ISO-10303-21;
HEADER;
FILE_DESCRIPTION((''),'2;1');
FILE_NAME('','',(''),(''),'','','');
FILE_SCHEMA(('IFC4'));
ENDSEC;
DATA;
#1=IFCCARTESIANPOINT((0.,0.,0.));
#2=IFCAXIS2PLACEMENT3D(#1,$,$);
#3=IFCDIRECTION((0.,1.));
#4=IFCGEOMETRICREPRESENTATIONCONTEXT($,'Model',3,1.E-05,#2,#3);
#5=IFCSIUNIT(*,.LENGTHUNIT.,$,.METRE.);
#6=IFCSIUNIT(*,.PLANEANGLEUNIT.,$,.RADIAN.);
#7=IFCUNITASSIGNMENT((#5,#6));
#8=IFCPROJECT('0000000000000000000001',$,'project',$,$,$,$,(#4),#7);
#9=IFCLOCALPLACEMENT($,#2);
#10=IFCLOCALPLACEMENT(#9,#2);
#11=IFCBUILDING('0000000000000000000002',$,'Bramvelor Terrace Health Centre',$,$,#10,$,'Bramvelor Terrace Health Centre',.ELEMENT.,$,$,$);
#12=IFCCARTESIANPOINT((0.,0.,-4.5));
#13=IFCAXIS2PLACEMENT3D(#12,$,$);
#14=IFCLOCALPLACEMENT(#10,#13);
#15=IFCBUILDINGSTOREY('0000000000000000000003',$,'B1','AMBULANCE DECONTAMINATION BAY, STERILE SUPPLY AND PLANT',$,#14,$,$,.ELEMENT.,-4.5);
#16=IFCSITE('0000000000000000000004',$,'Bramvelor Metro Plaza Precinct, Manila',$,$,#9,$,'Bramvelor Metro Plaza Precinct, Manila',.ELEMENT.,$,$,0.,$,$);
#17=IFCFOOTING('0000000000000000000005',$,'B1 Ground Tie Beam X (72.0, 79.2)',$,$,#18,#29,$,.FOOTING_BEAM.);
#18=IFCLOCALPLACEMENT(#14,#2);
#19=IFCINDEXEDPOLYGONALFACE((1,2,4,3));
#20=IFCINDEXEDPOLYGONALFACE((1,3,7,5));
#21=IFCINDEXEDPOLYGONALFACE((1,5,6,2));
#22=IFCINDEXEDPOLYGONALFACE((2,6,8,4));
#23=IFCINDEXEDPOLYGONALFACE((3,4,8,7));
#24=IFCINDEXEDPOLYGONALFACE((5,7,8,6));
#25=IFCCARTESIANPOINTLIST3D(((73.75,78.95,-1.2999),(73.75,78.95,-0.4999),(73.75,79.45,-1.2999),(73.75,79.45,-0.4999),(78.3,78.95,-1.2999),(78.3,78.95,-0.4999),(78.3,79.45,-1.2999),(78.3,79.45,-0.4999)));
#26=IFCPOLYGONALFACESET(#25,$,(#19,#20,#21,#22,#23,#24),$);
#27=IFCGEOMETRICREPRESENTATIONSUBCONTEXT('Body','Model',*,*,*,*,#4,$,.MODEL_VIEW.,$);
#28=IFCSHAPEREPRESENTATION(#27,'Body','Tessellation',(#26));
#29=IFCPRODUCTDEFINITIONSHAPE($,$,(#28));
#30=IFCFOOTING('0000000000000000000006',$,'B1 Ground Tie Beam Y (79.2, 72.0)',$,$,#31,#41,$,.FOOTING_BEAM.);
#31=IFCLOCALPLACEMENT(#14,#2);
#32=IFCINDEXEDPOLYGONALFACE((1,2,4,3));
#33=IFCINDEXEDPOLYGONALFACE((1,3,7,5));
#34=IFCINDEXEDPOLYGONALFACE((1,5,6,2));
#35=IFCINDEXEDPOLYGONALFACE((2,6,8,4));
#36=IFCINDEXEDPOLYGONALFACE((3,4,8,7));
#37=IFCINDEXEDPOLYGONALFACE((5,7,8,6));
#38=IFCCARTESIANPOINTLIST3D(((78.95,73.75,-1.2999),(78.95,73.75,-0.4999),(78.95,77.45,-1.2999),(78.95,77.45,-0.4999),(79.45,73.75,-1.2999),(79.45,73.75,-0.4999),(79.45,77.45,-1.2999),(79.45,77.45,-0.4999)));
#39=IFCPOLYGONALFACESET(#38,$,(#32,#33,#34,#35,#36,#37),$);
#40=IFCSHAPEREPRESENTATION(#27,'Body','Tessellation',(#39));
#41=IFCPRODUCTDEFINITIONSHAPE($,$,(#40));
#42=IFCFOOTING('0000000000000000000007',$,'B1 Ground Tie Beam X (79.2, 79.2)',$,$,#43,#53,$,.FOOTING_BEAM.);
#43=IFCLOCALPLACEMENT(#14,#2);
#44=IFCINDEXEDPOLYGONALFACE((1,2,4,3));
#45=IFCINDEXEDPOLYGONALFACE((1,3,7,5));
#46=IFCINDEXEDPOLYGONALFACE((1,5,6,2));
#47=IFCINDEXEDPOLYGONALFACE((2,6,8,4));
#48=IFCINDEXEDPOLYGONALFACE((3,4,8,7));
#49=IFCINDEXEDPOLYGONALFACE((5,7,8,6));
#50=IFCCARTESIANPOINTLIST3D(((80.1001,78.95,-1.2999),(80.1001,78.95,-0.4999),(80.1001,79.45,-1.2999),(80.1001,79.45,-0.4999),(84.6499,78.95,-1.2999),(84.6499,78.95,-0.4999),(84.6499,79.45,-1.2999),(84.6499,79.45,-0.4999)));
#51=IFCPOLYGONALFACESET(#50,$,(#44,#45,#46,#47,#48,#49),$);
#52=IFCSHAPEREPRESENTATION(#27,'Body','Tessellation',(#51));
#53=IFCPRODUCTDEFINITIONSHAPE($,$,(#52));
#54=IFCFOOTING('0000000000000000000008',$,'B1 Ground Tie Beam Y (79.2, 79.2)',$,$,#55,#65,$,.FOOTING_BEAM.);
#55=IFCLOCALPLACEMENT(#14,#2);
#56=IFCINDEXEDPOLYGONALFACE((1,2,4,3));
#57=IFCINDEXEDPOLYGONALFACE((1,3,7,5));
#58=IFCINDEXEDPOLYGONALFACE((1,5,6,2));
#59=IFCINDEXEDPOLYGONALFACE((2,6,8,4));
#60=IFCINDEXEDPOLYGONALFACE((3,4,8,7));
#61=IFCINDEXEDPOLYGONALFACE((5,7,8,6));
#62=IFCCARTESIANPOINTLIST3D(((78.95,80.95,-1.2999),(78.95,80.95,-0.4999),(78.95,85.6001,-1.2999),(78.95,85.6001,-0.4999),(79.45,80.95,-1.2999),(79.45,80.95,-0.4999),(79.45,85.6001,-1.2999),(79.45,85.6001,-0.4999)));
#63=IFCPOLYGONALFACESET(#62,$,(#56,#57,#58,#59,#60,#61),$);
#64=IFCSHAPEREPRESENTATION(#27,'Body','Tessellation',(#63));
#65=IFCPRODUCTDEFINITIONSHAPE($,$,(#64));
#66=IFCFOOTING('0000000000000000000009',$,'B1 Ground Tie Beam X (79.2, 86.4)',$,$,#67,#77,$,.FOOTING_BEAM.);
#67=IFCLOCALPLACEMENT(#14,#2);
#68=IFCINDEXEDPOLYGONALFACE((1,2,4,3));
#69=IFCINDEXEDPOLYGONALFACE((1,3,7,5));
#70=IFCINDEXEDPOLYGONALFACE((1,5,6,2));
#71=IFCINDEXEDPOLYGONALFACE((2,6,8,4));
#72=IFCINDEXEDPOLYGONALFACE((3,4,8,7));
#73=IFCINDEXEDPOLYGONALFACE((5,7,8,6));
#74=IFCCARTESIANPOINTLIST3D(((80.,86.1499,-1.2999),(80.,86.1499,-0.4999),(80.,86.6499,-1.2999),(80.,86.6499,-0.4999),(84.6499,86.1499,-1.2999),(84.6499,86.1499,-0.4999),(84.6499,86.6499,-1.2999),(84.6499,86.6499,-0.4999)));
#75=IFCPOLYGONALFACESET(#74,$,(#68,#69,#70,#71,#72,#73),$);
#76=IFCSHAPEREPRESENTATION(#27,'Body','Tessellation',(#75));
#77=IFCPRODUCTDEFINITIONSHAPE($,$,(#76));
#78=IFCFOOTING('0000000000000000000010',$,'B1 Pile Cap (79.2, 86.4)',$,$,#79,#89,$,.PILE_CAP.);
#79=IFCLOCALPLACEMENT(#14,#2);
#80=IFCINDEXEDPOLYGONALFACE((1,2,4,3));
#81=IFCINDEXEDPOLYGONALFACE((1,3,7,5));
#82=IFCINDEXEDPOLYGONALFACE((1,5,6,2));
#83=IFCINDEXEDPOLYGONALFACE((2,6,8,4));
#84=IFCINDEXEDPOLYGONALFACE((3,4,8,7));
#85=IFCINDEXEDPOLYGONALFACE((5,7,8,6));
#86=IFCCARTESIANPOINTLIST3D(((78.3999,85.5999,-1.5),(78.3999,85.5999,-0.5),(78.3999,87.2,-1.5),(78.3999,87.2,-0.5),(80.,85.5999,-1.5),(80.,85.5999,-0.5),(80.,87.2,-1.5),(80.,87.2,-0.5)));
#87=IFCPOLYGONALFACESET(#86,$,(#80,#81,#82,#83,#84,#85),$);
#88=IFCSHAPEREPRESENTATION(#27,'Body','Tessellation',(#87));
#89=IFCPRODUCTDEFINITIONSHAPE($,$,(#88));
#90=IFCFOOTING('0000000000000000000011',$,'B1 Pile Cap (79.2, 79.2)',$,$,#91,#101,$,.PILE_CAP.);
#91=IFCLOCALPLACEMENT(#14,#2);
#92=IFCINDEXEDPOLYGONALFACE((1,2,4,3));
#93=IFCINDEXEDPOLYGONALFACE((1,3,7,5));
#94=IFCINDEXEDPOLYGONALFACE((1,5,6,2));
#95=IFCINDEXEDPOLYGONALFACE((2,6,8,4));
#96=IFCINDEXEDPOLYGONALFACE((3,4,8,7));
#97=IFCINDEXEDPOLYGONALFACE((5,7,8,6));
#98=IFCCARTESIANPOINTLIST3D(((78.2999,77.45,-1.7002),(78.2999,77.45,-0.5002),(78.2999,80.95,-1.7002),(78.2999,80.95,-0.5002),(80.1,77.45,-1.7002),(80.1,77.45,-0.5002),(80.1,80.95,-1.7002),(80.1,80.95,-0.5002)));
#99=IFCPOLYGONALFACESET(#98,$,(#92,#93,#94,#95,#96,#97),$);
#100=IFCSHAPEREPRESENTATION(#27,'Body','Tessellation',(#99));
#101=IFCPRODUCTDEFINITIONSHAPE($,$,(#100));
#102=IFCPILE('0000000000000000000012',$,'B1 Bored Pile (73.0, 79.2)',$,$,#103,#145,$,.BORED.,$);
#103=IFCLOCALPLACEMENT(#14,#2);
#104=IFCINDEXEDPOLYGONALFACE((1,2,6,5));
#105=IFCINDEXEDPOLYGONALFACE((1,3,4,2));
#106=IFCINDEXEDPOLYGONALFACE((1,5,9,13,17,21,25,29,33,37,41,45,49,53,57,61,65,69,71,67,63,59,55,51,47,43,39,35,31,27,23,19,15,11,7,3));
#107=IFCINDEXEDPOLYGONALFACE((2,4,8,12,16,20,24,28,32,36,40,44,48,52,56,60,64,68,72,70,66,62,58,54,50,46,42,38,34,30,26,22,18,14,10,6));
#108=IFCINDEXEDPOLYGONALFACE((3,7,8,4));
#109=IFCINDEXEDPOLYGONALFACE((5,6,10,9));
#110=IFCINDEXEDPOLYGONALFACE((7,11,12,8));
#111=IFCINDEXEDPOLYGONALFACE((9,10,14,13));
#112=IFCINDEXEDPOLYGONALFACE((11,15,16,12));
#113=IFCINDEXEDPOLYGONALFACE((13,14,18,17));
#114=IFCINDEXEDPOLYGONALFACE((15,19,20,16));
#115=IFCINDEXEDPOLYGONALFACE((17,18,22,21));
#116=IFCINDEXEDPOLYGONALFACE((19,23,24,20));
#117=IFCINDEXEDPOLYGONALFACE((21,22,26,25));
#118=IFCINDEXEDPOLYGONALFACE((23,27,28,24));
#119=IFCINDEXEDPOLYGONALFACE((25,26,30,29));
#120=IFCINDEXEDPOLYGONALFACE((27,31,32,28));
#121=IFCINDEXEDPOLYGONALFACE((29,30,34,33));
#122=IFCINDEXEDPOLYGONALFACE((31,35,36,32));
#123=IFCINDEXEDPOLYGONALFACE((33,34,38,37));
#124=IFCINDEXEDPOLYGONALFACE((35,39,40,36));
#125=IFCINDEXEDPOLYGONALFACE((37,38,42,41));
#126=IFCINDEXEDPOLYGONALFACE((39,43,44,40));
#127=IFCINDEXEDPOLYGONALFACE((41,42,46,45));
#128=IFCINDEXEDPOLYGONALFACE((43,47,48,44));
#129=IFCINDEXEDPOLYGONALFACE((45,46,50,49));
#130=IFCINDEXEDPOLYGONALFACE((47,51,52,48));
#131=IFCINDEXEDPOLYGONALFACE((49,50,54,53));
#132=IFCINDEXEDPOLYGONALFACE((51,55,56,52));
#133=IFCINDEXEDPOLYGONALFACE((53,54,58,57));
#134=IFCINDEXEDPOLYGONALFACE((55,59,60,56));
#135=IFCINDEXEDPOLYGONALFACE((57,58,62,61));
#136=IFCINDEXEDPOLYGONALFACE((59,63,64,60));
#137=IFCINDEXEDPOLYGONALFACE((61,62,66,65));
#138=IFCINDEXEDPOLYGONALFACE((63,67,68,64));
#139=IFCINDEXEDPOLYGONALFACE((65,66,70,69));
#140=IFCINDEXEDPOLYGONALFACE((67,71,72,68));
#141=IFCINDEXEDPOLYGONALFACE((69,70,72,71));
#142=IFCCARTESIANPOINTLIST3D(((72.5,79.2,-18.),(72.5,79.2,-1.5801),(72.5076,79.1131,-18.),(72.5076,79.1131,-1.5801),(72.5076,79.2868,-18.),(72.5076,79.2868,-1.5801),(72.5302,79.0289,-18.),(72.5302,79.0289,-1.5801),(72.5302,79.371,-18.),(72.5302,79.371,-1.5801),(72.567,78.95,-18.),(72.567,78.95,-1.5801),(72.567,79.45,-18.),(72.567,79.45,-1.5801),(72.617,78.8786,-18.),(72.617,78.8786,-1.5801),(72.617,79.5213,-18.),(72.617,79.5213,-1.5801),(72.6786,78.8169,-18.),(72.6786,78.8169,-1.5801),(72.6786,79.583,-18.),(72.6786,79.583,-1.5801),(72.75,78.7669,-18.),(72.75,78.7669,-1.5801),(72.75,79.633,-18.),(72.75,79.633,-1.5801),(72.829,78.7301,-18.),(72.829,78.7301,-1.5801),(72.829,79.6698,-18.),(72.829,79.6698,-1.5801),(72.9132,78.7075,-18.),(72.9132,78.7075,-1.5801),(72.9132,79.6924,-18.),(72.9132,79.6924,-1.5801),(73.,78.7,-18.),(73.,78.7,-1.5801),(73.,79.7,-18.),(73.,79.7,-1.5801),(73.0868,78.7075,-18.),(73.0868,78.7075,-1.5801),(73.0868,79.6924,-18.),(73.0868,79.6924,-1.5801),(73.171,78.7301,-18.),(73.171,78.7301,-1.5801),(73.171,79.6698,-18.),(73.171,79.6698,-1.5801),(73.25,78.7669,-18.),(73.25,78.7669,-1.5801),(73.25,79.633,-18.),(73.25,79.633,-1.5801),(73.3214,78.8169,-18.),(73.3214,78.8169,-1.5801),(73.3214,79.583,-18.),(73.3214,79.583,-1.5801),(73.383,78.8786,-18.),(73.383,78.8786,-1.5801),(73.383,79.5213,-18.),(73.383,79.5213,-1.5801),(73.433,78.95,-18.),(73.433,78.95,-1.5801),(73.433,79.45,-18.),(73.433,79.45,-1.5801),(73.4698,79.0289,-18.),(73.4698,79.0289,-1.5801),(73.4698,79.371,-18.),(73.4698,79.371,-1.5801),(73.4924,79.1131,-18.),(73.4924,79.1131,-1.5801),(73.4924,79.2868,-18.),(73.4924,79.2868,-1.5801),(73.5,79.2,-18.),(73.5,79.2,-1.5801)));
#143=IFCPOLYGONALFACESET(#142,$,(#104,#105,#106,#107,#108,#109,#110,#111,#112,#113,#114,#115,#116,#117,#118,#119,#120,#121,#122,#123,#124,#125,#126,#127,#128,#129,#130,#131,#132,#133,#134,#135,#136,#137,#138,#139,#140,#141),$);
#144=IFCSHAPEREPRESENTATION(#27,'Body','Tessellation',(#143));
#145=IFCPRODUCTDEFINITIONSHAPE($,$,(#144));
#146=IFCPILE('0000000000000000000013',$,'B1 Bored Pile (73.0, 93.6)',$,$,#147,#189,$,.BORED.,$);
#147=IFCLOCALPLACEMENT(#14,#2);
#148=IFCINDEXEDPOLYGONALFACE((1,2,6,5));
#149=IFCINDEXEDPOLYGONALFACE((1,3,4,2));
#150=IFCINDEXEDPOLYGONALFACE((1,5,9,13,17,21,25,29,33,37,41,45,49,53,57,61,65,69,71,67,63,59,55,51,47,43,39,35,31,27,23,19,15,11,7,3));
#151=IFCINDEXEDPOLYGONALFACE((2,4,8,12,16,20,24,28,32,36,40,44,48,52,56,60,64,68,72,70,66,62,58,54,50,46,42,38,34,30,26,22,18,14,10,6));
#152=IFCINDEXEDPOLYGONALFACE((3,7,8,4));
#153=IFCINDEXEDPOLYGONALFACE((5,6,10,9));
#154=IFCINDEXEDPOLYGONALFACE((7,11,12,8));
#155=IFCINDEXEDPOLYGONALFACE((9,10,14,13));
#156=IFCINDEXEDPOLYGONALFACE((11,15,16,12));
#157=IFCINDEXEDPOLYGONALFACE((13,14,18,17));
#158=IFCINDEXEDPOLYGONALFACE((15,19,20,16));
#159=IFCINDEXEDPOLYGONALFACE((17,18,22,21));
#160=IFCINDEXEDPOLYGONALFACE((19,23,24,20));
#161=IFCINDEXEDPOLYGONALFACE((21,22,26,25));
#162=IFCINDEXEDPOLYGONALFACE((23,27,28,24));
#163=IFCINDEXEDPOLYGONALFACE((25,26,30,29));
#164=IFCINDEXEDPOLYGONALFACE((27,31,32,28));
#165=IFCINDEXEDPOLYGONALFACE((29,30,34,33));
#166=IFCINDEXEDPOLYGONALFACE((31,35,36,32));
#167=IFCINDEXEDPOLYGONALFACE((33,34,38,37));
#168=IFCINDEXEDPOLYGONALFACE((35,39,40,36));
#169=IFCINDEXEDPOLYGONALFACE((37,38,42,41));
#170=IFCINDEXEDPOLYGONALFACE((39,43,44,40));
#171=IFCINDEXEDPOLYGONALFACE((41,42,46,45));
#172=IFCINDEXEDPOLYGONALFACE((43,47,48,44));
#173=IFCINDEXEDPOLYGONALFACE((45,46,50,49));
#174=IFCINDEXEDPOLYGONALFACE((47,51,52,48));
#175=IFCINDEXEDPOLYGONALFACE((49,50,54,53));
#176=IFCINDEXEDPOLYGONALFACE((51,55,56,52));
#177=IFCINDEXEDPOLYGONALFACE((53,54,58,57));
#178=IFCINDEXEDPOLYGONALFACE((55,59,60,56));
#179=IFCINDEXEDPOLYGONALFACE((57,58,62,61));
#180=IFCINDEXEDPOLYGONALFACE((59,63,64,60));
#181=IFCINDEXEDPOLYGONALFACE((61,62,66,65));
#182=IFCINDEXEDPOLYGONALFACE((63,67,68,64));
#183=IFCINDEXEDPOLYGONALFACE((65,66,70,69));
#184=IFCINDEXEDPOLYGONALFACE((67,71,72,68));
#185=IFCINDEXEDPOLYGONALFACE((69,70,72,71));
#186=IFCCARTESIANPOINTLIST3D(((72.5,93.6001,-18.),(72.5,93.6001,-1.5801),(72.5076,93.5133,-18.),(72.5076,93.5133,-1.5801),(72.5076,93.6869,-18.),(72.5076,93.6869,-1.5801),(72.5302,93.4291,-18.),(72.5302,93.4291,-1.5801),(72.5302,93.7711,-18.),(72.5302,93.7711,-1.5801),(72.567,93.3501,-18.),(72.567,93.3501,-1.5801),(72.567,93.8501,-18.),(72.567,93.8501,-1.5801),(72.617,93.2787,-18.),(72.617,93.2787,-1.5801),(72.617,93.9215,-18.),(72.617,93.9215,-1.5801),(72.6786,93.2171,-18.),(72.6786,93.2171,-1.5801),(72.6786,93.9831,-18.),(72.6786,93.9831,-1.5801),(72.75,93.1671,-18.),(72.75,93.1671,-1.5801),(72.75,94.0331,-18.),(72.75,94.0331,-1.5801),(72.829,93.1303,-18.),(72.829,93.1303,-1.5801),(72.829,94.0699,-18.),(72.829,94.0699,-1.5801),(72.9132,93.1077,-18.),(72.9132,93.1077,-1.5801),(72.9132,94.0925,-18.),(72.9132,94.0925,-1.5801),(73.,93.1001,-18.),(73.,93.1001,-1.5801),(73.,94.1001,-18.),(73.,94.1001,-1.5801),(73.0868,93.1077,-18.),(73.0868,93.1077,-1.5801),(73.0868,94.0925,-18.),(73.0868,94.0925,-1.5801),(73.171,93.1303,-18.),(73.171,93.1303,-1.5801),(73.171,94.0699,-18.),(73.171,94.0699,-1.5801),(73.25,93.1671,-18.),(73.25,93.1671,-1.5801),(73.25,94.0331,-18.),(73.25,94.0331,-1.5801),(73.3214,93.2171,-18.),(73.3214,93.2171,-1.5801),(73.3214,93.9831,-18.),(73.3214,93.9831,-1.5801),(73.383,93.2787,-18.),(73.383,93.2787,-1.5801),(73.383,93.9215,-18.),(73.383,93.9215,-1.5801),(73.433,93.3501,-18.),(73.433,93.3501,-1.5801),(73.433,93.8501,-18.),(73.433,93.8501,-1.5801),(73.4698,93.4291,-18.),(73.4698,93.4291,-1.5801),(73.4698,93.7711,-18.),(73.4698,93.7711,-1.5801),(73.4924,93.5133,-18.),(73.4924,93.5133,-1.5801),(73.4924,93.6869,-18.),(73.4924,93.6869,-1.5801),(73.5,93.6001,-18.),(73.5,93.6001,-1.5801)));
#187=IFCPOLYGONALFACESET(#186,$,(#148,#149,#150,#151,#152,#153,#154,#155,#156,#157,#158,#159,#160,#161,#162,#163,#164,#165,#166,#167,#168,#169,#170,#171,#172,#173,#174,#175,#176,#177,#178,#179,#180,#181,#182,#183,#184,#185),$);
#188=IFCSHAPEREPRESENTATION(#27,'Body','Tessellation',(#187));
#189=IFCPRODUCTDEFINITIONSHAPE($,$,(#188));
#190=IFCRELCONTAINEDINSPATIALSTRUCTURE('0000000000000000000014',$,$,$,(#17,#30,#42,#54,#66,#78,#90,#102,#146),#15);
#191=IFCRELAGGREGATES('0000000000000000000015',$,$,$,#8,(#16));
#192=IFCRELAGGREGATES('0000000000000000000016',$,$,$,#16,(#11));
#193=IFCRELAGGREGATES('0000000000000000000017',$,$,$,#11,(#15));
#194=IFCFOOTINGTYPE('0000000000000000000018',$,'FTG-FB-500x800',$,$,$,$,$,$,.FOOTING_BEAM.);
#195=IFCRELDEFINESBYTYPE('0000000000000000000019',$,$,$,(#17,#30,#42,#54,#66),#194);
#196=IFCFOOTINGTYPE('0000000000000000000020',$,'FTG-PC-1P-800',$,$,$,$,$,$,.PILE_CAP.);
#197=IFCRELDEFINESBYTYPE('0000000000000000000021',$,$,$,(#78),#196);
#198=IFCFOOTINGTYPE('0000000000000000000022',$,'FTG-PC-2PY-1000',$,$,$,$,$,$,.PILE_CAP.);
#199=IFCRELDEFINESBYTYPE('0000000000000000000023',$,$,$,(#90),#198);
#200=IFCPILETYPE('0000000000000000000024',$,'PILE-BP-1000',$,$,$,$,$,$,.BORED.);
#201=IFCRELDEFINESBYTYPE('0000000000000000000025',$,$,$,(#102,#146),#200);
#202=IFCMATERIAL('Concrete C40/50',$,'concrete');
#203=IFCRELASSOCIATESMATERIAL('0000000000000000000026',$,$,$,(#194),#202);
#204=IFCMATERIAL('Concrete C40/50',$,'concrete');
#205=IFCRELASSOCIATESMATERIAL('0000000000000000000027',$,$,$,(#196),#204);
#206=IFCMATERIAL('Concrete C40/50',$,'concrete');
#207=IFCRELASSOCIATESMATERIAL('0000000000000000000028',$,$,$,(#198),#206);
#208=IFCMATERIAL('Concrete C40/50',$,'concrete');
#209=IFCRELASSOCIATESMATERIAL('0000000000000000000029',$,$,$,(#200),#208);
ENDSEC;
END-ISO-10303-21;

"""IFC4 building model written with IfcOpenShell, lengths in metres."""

from ifc_helpers import new_model, si_unit, direction, frame, origin, origin_2d, place, context, subcontext, project, spatial, rectangle, circle, extrude, material, material_profile, profile_set, type_object, element, save


model = new_model("IFC4")

# Units and contexts
model_context = context("Model", 3, precision=1e-05, world=origin(), true_north=direction((0.0, 1.0)))
body_context = subcontext(model_context, "Body", "Model", "MODEL_VIEW")
ifc_project = project(units=[si_unit("LENGTHUNIT", "METRE"), si_unit("PLANEANGLEUNIT", "RADIAN")], contexts=[model_context])

# Site, building, storey
site_placement = place(None, origin())
site = spatial("IfcSite", under=ifc_project, at=site_placement, Name="Bramvelor Metro Plaza Precinct, Manila", LongName="Bramvelor Metro Plaza Precinct, Manila", CompositionType="ELEMENT", RefElevation=0.0)
building_placement = place(site_placement, origin())
building = spatial("IfcBuilding", under=site, at=building_placement, Name="Bramvelor Terrace Health Centre", LongName="Bramvelor Terrace Health Centre", CompositionType="ELEMENT")
storey_placement = place(building_placement, frame((0.0, 0.0, -4.5)))
storey = spatial("IfcBuildingStorey", under=building, at=storey_placement, Name="B1", Description="AMBULANCE DECONTAMINATION BAY, STERILE SUPPLY AND PLANT", CompositionType="ELEMENT", Elevation=-4.5)

# Footings
ifc_material_1 = material(Name="Concrete C40/50", Category="concrete")
ifc_material_profile_1 = material_profile(ifc_material_1, rectangle(XDim=0.5, YDim=0.8, at=origin_2d()), Name="RC 500x800")
ifc_profile_set_1 = profile_set([ifc_material_profile_1], Name="Concrete C40/50")
footing_type_1 = type_object("IfcFootingType", Name="FTG-FB-500x800", PredefinedType="FOOTING_BEAM", material=ifc_profile_set_1)
footing_1_placement = place(storey_placement, frame((73.75, 79.2, -0.8999), z_axis=(1.0, 0.0, 0.0), x_axis=(0.0, 1.0, 0.0)))
element("IfcFooting", 1, at=footing_1_placement, inside=storey, type_object=footing_type_1, Name="B1 Ground Tie Beam X (72.0, 79.2)", PredefinedType="FOOTING_BEAM", context=body_context, shape_type="SweptSolid", body=[
    extrude(rectangle(XDim=0.5, YDim=0.8, at=origin_2d()), origin(), (0.0, 0.0, 1.0), 4.55),
])
footing_2_placement = place(storey_placement, frame((79.2, 73.75, -0.8999), z_axis=(0.0, 1.0, 0.0), x_axis=(-1.0, 0.0, 0.0)))
element("IfcFooting", 2, at=footing_2_placement, inside=storey, type_object=footing_type_1, Name="B1 Ground Tie Beam Y (79.2, 72.0)", PredefinedType="FOOTING_BEAM", context=body_context, shape_type="SweptSolid", body=[
    extrude(rectangle(XDim=0.5, YDim=0.8, at=origin_2d()), origin(), (0.0, 0.0, 1.0), 3.7),
])
footing_3_placement = place(storey_placement, frame((80.1001, 79.2, -0.8999), z_axis=(1.0, 0.0, 0.0), x_axis=(0.0, 1.0, 0.0)))
element("IfcFooting", 3, at=footing_3_placement, inside=storey, type_object=footing_type_1, Name="B1 Ground Tie Beam X (79.2, 79.2)", PredefinedType="FOOTING_BEAM", context=body_context, shape_type="SweptSolid", body=[
    extrude(rectangle(XDim=0.5, YDim=0.8, at=origin_2d()), origin(), (0.0, 0.0, 1.0), 4.5498),
])
footing_4_placement = place(storey_placement, frame((79.2, 80.95, -0.8999), z_axis=(0.0, 1.0, 0.0), x_axis=(-1.0, 0.0, 0.0)))
element("IfcFooting", 4, at=footing_4_placement, inside=storey, type_object=footing_type_1, Name="B1 Ground Tie Beam Y (79.2, 79.2)", PredefinedType="FOOTING_BEAM", context=body_context, shape_type="SweptSolid", body=[
    extrude(rectangle(XDim=0.5, YDim=0.8, at=origin_2d()), origin(), (0.0, 0.0, 1.0), 4.6501),
])
footing_5_placement = place(storey_placement, frame((80.0, 86.3999, -0.8999), z_axis=(1.0, 0.0, 0.0), x_axis=(0.0, 1.0, 0.0)))
element("IfcFooting", 5, at=footing_5_placement, inside=storey, type_object=footing_type_1, Name="B1 Ground Tie Beam X (79.2, 86.4)", PredefinedType="FOOTING_BEAM", context=body_context, shape_type="SweptSolid", body=[
    extrude(rectangle(XDim=0.5, YDim=0.8, at=origin_2d()), origin(), (0.0, 0.0, 1.0), 4.6499),
])
ifc_material_2 = material(Name="Concrete C40/50", Category="concrete")
footing_type_2 = type_object("IfcFootingType", Name="FTG-PC-1P-800", PredefinedType="PILE_CAP", material=ifc_material_2)
footing_6_placement = place(storey_placement, frame((79.2, 86.3999, -1.5), z_axis=(0.0, 0.0, 1.0), x_axis=(1.0, 0.0, 0.0)))
element("IfcFooting", 6, at=footing_6_placement, inside=storey, type_object=footing_type_2, Name="B1 Pile Cap (79.2, 86.4)", PredefinedType="PILE_CAP", context=body_context, shape_type="SweptSolid", body=[
    extrude(rectangle(XDim=1.6001, YDim=1.6001, at=origin_2d()), origin(), (0.0, 0.0, 1.0), 1.0),
])
ifc_material_3 = material(Name="Concrete C40/50", Category="concrete")
footing_type_3 = type_object("IfcFootingType", Name="FTG-PC-2PY-1000", PredefinedType="PILE_CAP", material=ifc_material_3)
footing_7_placement = place(storey_placement, frame((79.2, 79.2, -1.7002), z_axis=(0.0, 0.0, 1.0), x_axis=(1.0, 0.0, 0.0)))
element("IfcFooting", 7, at=footing_7_placement, inside=storey, type_object=footing_type_3, Name="B1 Pile Cap (79.2, 79.2)", PredefinedType="PILE_CAP", context=body_context, shape_type="SweptSolid", body=[
    extrude(rectangle(XDim=1.8, YDim=3.5, at=origin_2d()), origin(), (0.0, 0.0, 1.0), 1.2),
])

# Piles
ifc_material_4 = material(Name="Concrete C40/50", Category="concrete")
ifc_material_profile_2 = material_profile(ifc_material_4, circle(Radius=0.5, at=origin_2d()), Name="BP D1000")
ifc_profile_set_2 = profile_set([ifc_material_profile_2], Name="Concrete C40/50")
pile_type_1 = type_object("IfcPileType", Name="PILE-BP-1000", PredefinedType="BORED", material=ifc_profile_set_2)
for number, where, z_axis, x_axis, name in (
    (8, (73.0, 79.2, -1.5801), (0.0, 0.0, -1.0), (1.0, 0.0, 0.0), "B1 Bored Pile (73.0, 79.2)"),
    (9, (73.0, 93.6001, -1.5801), (0.0, 0.0, -1.0), (1.0, 0.0, 0.0), "B1 Bored Pile (73.0, 93.6)"),
):
    element("IfcPile", number, at=place(storey_placement, frame(where, z_axis=z_axis, x_axis=x_axis)), inside=storey, type_object=pile_type_1, Name=name, PredefinedType="BORED", context=body_context, shape_type="SweptSolid", body=[
        extrude(circle(Radius=0.5, at=origin_2d()), origin(), (0.0, 0.0, 1.0), 16.4199),
    ])

save(model, "model.ifc")
